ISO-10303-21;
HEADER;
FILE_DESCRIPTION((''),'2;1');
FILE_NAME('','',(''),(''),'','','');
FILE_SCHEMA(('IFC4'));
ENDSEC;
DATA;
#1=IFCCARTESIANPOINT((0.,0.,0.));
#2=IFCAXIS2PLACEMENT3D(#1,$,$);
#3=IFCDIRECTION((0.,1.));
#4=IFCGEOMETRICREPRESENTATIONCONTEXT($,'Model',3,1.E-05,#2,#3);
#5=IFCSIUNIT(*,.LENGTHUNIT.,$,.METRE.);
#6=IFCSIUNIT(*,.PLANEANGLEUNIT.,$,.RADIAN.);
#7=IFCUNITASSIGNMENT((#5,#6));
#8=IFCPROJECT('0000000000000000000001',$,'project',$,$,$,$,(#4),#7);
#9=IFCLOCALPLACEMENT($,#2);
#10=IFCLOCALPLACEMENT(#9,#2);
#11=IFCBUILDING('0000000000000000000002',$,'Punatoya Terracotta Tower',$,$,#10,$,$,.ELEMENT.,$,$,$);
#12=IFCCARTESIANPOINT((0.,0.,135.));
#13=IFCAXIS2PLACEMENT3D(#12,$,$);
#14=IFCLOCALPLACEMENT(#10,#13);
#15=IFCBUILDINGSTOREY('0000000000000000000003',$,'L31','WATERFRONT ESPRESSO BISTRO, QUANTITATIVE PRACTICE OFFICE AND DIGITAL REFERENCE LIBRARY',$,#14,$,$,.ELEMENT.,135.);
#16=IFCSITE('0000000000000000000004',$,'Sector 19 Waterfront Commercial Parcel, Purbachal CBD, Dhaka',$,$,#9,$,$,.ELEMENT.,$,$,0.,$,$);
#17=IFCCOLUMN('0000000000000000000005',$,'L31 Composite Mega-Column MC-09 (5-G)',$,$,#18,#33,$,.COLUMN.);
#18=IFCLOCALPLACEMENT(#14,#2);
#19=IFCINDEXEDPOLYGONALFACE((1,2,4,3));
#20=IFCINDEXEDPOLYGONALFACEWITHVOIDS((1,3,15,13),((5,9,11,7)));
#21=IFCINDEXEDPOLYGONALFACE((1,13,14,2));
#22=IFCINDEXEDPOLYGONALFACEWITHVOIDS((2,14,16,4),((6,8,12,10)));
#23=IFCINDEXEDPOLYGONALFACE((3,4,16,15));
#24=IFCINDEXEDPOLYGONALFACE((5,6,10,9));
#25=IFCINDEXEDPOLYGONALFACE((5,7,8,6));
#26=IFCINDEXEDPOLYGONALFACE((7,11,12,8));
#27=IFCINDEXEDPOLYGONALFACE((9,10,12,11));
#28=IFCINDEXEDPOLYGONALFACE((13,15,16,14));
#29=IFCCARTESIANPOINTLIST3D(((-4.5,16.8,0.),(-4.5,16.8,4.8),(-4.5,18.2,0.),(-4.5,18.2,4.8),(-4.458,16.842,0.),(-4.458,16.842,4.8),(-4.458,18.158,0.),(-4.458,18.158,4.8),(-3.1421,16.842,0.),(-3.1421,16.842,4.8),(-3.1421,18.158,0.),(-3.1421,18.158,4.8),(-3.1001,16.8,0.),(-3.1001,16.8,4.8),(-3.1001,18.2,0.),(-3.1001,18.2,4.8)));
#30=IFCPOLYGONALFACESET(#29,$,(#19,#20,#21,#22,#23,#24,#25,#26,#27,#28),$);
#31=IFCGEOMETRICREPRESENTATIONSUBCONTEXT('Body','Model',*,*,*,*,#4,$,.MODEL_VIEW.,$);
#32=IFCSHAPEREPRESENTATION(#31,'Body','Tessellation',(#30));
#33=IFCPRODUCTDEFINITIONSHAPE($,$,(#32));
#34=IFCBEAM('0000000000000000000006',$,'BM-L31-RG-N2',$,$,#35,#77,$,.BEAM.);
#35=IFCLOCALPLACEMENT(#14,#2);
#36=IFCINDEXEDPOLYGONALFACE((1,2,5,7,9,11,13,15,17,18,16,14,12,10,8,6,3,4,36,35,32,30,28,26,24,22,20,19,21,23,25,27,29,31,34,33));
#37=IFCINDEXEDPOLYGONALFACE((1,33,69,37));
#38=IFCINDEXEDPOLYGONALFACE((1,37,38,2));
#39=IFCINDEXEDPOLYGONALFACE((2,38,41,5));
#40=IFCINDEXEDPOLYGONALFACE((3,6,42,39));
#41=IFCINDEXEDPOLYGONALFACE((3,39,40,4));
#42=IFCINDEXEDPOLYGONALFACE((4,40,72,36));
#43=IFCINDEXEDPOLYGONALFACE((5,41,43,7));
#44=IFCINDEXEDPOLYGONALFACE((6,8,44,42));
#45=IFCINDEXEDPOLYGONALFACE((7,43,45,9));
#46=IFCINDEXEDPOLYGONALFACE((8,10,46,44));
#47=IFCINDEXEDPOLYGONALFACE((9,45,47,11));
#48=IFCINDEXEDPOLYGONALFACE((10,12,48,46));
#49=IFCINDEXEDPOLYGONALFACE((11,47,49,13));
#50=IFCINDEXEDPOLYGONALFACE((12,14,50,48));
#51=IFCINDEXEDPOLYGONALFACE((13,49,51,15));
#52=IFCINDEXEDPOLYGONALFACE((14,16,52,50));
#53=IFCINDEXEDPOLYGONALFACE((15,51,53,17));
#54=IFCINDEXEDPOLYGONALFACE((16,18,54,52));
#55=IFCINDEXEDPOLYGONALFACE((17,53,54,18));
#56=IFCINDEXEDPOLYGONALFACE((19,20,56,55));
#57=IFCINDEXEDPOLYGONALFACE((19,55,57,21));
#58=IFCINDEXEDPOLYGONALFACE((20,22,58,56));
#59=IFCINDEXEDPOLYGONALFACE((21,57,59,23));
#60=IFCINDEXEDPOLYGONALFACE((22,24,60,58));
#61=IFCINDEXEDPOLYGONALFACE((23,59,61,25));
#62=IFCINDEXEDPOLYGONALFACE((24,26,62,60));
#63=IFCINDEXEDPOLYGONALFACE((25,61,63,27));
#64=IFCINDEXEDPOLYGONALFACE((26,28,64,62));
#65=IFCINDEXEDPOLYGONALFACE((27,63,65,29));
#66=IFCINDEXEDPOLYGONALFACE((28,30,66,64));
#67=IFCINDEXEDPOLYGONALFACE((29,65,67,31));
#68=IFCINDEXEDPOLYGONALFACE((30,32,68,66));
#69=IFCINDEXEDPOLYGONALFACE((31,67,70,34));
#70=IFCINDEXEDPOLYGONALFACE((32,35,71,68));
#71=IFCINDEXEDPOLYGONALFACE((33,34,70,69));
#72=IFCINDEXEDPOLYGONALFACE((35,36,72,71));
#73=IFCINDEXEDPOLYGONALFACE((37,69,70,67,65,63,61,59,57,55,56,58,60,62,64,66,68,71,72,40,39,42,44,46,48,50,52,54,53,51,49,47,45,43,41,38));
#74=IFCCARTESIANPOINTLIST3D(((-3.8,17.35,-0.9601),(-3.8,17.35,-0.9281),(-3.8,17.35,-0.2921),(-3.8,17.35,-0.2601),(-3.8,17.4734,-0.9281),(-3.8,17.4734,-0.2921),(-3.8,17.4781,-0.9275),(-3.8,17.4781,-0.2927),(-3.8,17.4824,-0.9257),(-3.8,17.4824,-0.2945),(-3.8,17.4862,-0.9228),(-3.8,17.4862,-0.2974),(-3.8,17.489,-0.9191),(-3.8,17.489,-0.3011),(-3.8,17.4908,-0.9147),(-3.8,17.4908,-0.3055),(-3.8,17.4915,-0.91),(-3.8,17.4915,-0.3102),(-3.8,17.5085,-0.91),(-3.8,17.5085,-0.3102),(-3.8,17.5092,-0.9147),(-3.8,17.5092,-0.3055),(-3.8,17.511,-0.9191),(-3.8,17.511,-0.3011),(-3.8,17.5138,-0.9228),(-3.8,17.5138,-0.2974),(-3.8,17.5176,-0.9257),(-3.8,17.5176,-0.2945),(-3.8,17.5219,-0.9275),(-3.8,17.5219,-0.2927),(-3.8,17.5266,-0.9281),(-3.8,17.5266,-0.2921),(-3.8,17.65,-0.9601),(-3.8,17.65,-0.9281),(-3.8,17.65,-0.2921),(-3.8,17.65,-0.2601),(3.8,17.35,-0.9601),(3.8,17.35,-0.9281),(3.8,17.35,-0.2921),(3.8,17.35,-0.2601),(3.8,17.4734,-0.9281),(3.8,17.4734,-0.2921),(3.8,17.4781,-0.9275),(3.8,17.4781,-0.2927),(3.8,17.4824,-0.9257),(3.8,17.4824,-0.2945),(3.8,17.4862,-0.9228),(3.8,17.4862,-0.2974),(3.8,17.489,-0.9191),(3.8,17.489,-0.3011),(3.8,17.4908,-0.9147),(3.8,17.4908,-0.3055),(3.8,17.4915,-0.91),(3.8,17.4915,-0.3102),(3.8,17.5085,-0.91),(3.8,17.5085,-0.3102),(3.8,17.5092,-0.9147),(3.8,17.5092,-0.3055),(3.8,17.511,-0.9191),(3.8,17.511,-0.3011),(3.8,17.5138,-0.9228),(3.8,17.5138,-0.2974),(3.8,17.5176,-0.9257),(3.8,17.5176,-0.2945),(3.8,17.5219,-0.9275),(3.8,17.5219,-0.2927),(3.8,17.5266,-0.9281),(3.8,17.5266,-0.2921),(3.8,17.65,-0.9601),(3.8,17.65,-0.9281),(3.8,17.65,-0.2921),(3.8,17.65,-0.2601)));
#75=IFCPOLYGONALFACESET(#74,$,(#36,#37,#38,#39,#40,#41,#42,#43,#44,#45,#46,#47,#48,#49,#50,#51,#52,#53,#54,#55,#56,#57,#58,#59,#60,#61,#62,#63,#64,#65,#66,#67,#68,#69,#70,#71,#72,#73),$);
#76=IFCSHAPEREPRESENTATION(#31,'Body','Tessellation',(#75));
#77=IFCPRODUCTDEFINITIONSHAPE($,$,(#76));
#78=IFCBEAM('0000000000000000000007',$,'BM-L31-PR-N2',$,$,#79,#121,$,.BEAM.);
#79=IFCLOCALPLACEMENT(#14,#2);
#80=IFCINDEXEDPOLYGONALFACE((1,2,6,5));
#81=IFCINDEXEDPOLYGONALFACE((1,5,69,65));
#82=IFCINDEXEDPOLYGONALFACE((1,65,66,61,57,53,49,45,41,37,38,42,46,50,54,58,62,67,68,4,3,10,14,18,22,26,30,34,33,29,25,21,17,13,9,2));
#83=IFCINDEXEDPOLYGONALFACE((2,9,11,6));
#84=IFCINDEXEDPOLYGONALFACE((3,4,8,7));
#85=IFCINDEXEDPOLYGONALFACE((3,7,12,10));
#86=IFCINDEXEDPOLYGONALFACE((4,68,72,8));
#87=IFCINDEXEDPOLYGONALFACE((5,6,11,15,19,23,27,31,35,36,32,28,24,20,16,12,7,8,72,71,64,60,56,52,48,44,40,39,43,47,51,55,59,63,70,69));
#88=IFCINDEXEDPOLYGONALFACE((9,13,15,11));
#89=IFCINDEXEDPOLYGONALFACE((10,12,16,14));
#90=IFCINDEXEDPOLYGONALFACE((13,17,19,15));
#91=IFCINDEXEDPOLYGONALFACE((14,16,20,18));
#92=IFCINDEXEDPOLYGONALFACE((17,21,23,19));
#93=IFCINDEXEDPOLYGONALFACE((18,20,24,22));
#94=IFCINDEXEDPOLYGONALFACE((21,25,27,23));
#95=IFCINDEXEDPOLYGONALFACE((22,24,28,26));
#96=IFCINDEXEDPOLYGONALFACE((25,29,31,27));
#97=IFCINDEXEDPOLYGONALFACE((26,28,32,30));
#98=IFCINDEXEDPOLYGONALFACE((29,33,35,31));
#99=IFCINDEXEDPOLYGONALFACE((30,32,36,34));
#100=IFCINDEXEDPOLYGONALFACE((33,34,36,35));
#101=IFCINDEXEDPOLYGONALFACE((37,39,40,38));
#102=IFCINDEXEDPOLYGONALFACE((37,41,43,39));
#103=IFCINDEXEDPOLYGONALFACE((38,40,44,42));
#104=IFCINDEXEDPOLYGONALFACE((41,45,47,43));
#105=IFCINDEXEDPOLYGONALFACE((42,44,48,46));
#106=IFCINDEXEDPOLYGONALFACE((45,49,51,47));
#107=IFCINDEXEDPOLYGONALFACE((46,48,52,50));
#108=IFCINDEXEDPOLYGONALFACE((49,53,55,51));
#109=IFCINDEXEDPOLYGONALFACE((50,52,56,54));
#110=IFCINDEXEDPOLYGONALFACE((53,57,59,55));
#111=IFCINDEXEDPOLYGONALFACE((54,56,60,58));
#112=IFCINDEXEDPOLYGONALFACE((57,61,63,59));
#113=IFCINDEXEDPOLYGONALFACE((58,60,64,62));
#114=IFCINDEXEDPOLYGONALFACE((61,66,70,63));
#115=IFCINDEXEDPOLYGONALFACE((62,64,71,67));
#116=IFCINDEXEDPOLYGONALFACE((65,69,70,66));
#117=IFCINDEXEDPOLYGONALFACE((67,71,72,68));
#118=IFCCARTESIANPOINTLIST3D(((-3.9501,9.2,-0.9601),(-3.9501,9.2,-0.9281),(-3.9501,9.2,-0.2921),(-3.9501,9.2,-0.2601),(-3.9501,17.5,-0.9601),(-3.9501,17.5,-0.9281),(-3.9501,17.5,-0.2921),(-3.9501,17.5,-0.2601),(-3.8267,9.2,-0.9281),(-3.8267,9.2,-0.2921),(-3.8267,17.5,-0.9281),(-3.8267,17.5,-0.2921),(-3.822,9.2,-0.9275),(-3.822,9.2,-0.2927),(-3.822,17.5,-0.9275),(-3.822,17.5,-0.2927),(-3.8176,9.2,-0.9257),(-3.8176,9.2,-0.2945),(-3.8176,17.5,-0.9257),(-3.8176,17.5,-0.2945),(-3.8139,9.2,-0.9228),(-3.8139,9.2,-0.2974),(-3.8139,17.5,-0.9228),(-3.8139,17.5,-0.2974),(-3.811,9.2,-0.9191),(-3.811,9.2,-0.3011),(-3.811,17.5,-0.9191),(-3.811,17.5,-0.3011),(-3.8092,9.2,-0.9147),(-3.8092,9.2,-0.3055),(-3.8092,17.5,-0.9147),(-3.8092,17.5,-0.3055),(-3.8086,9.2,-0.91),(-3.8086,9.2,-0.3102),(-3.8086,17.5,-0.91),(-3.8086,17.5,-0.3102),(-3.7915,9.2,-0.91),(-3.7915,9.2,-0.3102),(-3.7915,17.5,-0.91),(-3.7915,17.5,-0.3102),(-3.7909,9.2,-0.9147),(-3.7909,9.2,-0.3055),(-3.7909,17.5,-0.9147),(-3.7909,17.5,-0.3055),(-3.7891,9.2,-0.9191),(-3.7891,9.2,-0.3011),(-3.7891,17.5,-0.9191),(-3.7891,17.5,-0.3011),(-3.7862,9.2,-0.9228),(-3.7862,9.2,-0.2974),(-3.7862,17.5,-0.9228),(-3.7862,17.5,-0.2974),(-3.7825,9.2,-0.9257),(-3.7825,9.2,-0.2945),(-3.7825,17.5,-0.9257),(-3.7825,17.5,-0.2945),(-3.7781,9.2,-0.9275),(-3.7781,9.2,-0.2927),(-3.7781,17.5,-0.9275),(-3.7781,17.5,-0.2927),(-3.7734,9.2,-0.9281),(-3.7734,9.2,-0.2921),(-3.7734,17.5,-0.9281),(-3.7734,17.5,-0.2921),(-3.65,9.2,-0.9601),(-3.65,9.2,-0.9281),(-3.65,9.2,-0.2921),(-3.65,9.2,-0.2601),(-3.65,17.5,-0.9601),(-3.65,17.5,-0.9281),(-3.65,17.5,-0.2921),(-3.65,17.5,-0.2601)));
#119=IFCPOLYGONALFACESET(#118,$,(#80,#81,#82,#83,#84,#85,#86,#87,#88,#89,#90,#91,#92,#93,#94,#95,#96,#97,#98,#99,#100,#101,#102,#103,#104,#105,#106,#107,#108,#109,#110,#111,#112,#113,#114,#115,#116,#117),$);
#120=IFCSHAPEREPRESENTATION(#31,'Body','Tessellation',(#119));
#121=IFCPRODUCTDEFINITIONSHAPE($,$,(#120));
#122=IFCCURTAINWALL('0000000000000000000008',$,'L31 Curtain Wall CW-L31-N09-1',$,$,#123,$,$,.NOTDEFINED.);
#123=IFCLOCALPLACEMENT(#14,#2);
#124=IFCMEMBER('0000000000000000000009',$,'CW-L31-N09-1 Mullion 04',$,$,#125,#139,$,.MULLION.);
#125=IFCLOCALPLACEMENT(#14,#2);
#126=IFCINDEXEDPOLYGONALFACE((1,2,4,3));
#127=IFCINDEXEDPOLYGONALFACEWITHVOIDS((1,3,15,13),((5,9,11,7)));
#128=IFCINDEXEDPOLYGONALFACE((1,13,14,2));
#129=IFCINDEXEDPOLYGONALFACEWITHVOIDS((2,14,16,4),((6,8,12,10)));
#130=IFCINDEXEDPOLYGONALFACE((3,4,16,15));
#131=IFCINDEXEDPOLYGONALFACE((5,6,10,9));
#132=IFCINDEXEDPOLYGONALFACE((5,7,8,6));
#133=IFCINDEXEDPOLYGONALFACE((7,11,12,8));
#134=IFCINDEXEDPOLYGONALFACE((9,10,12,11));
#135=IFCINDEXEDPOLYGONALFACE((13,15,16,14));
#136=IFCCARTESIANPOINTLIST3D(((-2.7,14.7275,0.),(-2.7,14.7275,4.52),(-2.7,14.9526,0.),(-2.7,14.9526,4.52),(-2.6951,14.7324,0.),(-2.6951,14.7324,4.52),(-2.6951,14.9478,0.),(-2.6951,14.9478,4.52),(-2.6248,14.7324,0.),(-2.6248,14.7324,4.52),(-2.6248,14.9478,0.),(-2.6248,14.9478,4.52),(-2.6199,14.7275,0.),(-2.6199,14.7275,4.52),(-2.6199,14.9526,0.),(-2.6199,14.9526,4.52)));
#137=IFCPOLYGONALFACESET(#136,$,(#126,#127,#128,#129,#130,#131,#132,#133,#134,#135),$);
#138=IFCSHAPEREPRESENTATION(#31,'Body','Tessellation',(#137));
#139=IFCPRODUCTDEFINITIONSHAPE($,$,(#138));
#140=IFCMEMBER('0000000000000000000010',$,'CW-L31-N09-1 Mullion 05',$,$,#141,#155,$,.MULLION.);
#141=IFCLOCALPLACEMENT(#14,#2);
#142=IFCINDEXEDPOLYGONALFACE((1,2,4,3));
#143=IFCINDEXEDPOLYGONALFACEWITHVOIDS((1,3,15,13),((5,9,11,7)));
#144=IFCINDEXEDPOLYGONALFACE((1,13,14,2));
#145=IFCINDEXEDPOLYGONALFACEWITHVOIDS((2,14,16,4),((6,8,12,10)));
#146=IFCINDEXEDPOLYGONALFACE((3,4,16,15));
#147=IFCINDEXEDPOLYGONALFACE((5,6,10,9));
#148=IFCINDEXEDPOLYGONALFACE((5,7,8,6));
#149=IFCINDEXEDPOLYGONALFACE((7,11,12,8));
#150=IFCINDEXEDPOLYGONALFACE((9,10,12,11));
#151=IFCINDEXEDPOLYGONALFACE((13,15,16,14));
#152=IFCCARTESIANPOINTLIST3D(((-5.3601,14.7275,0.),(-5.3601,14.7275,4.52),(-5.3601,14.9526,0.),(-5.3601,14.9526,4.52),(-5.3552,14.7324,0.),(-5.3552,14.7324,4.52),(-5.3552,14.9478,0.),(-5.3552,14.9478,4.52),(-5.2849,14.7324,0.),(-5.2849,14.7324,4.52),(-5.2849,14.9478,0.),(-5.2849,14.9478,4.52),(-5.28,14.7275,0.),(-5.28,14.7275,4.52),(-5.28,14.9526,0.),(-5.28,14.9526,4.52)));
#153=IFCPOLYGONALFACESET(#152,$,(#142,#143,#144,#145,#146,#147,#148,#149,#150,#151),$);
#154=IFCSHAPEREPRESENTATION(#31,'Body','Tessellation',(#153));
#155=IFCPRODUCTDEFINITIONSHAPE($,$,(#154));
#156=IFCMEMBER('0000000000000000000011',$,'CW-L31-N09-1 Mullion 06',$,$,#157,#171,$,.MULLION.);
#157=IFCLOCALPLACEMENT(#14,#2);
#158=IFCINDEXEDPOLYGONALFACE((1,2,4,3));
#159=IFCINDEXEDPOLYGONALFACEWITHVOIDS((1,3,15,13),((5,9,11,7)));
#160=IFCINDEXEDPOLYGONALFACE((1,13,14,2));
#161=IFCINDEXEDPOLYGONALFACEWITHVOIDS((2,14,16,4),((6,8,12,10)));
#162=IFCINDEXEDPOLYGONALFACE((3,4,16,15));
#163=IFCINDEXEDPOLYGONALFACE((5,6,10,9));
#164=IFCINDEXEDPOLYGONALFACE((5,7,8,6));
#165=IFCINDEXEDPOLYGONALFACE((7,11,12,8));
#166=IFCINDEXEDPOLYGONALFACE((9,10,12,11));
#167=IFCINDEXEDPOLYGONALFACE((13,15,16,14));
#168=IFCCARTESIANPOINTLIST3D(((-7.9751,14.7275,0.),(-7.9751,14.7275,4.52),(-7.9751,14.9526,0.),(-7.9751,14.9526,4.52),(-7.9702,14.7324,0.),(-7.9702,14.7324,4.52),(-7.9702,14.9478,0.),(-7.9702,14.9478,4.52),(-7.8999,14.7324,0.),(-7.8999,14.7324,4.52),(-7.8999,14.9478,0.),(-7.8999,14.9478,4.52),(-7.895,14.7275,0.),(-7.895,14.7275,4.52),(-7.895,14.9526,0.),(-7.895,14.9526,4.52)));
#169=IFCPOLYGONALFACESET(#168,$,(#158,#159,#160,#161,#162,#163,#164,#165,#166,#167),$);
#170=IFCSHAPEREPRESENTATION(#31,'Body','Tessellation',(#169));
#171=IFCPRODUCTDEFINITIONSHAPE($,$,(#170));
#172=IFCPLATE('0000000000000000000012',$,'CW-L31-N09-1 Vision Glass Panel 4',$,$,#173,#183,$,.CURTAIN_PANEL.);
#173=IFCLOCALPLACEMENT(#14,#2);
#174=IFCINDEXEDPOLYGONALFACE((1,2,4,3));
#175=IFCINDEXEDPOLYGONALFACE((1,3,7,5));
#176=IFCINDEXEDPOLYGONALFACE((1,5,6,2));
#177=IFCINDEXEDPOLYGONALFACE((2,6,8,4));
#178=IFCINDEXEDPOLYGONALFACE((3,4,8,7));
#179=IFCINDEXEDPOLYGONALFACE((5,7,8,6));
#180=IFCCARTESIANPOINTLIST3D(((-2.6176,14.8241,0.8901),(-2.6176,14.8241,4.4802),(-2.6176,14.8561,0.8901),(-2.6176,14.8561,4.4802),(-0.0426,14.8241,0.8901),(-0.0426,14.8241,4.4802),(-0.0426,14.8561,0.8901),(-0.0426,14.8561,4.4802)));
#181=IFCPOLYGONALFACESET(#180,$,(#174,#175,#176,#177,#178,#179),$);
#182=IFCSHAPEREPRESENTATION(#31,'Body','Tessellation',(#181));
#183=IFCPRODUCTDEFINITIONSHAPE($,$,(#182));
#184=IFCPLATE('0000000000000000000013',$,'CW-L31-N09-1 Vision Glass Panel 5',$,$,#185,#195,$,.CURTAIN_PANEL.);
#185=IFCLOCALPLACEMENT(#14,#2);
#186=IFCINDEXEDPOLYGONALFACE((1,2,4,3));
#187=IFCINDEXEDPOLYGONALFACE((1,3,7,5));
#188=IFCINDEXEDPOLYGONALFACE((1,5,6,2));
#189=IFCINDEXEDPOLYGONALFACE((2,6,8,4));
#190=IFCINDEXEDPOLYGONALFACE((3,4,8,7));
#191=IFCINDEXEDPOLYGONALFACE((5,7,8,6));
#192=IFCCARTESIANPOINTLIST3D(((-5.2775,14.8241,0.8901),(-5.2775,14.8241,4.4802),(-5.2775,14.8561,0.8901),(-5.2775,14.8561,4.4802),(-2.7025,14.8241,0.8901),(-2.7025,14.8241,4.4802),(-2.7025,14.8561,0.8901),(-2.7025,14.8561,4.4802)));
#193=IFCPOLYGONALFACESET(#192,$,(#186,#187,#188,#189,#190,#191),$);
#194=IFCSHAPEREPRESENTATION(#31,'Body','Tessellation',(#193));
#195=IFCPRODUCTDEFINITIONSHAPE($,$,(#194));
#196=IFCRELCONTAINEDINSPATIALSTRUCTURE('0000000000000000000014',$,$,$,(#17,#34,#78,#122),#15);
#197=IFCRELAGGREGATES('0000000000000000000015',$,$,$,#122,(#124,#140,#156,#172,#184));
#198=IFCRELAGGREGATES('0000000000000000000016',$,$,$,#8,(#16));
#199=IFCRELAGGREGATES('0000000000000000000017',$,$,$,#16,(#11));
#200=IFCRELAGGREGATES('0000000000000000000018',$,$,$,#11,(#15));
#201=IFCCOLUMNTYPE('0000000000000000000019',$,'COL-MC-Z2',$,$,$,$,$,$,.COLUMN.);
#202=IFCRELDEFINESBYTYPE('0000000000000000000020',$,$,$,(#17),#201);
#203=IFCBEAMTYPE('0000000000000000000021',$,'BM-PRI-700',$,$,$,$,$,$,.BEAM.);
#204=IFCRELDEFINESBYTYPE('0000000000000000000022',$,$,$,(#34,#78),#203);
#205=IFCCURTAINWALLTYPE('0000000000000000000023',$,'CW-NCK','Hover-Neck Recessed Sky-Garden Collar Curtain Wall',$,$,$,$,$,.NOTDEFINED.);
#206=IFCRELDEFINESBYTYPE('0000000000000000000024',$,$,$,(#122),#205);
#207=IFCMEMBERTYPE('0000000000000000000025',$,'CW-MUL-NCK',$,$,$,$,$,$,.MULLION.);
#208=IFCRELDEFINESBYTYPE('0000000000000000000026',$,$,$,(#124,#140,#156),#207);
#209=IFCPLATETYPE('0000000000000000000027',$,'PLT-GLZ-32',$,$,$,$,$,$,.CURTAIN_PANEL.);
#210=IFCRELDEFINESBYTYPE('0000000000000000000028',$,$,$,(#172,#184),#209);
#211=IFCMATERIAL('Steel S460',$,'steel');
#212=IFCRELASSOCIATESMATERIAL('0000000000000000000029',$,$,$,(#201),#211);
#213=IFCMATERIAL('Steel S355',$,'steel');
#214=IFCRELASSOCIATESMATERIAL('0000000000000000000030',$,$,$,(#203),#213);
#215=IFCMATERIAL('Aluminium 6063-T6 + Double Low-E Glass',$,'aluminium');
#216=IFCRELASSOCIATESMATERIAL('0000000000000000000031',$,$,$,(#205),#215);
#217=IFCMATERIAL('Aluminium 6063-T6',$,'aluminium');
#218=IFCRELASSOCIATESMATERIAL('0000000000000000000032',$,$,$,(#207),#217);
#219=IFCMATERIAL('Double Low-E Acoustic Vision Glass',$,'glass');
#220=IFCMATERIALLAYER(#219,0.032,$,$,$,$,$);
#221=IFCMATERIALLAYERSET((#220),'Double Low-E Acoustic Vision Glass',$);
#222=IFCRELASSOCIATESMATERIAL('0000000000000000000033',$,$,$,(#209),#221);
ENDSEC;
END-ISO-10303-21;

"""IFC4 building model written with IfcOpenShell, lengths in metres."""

from ifc_helpers import new_model, si_unit, direction, frame, origin, origin_2d, place, context, subcontext, project, spatial, rectangle, hollow_rectangle, i_section, extrude, material, layer, layer_set, material_profile, profile_set, type_object, element, aggregate, save


model = new_model("IFC4")

# Units and contexts
model_context = context("Model", 3, precision=1e-05, world=origin(), true_north=direction((0.0, 1.0)))
body_context = subcontext(model_context, "Body", "Model", "MODEL_VIEW")
ifc_project = project(units=[si_unit("LENGTHUNIT", "METRE"), si_unit("PLANEANGLEUNIT", "RADIAN")], contexts=[model_context])

# Site, building, storey
site_placement = place(None, origin())
site = spatial("IfcSite", under=ifc_project, at=site_placement, Name="Sector 19 Waterfront Commercial Parcel, Purbachal CBD, Dhaka", CompositionType="ELEMENT", RefElevation=0.0)
building_placement = place(site_placement, origin())
building = spatial("IfcBuilding", under=site, at=building_placement, Name="Punatoya Terracotta Tower", CompositionType="ELEMENT")
storey_placement = place(building_placement, frame((0.0, 0.0, 135.0)))
storey = spatial("IfcBuildingStorey", under=building, at=storey_placement, Name="L31", Description="WATERFRONT ESPRESSO BISTRO, QUANTITATIVE PRACTICE OFFICE AND DIGITAL REFERENCE LIBRARY", CompositionType="ELEMENT", Elevation=135.0)

# Column
ifc_material_1 = material(Name="Steel S460", Category="steel")
ifc_material_profile_1 = material_profile(ifc_material_1, hollow_rectangle(XDim=1.3999, YDim=1.3999, WallThickness=0.042, at=origin_2d()))
ifc_profile_set_1 = profile_set([ifc_material_profile_1], Name="Steel S460")
column_type = type_object("IfcColumnType", Name="COL-MC-Z2", PredefinedType="COLUMN", material=ifc_profile_set_1)
column_placement = place(storey_placement, frame((-3.8, 17.5, 0.0), z_axis=(0.0, 0.0, 1.0), x_axis=(1.0, 0.0, 0.0)))
element("IfcColumn", 1, at=column_placement, inside=storey, type_object=column_type, Name="L31 Composite Mega-Column MC-09 (5-G)", PredefinedType="COLUMN", context=body_context, shape_type="SweptSolid", body=[
    extrude(hollow_rectangle(XDim=1.3999, YDim=1.3999, WallThickness=0.042, at=origin_2d()), origin(), (0.0, 0.0, 1.0), 4.8),
])

# Beams
ifc_material_2 = material(Name="Steel S355", Category="steel")
ifc_material_profile_2 = material_profile(ifc_material_2, i_section(OverallWidth=0.3, OverallDepth=0.7, WebThickness=0.0171, FlangeThickness=0.032, FilletRadius=0.0181, at=origin_2d()))
ifc_profile_set_2 = profile_set([ifc_material_profile_2], Name="Steel S355")
beam_type = type_object("IfcBeamType", Name="BM-PRI-700", PredefinedType="BEAM", material=ifc_profile_set_2)
beam_1_placement = place(storey_placement, frame((-3.8, 17.5, -0.6101), z_axis=(1.0, 0.0, 0.0), x_axis=(0.0, 1.0, 0.0)))
element("IfcBeam", 2, at=beam_1_placement, inside=storey, type_object=beam_type, Name="BM-L31-RG-N2", PredefinedType="BEAM", context=body_context, shape_type="SweptSolid", body=[
    extrude(i_section(OverallWidth=0.3, OverallDepth=0.7, WebThickness=0.0171, FlangeThickness=0.032, FilletRadius=0.0181, at=origin_2d()), origin(), (0.0, 0.0, 1.0), 7.6001),
])
beam_2_placement = place(storey_placement, frame((-3.8, 9.2, -0.6101), z_axis=(0.0, 1.0, 0.0), x_axis=(-1.0, 0.0, 0.0)))
element("IfcBeam", 3, at=beam_2_placement, inside=storey, type_object=beam_type, Name="BM-L31-PR-N2", PredefinedType="BEAM", context=body_context, shape_type="SweptSolid", body=[
    extrude(i_section(OverallWidth=0.3, OverallDepth=0.7, WebThickness=0.0171, FlangeThickness=0.032, FilletRadius=0.0181, at=origin_2d()), origin(), (0.0, 0.0, 1.0), 8.3),
])

# Curtain wall, members, plates
ifc_material_3 = material(Name="Aluminium 6063-T6 + Double Low-E Glass", Category="aluminium")
curtain_wall_type = type_object("IfcCurtainWallType", Name="CW-NCK", Description="Hover-Neck Recessed Sky-Garden Collar Curtain Wall", PredefinedType="NOTDEFINED", material=ifc_material_3)
curtain_wall_placement = place(storey_placement, origin())
curtain_wall = element("IfcCurtainWall", 4, at=curtain_wall_placement, inside=storey, type_object=curtain_wall_type, Name="L31 Curtain Wall CW-L31-N09-1", PredefinedType="NOTDEFINED")
ifc_material_4 = material(Name="Aluminium 6063-T6", Category="aluminium")
ifc_material_profile_3 = material_profile(ifc_material_4, hollow_rectangle(XDim=0.0801, YDim=0.2251, WallThickness=0.0049, at=origin_2d()))
ifc_profile_set_3 = profile_set([ifc_material_profile_3], Name="Aluminium 6063-T6")
member_type = type_object("IfcMemberType", Name="CW-MUL-NCK", PredefinedType="MULLION", material=ifc_profile_set_3)
member_1_placement = place(storey_placement, frame((-2.6599, 14.8401, 0.0), z_axis=(0.0, 0.0, 1.0), x_axis=(1.0, 0.0, 0.0)))
member_1 = element("IfcMember", 5, at=member_1_placement, type_object=member_type, Name="CW-L31-N09-1 Mullion 04", PredefinedType="MULLION", context=body_context, shape_type="SweptSolid", body=[
    extrude(hollow_rectangle(XDim=0.0801, YDim=0.2251, WallThickness=0.0049, at=origin_2d()), origin(), (0.0, 0.0, 1.0), 4.52),
])
member_2_placement = place(storey_placement, frame((-5.3201, 14.8401, 0.0), z_axis=(0.0, 0.0, 1.0), x_axis=(1.0, 0.0, 0.0)))
member_2 = element("IfcMember", 6, at=member_2_placement, type_object=member_type, Name="CW-L31-N09-1 Mullion 05", PredefinedType="MULLION", context=body_context, shape_type="SweptSolid", body=[
    extrude(hollow_rectangle(XDim=0.0801, YDim=0.2251, WallThickness=0.0049, at=origin_2d()), origin(), (0.0, 0.0, 1.0), 4.52),
])
member_3_placement = place(storey_placement, frame((-7.9351, 14.8401, 0.0), z_axis=(0.0, 0.0, 1.0), x_axis=(1.0, 0.0, 0.0)))
member_3 = element("IfcMember", 7, at=member_3_placement, type_object=member_type, Name="CW-L31-N09-1 Mullion 06", PredefinedType="MULLION", context=body_context, shape_type="SweptSolid", body=[
    extrude(hollow_rectangle(XDim=0.0801, YDim=0.2251, WallThickness=0.0049, at=origin_2d()), origin(), (0.0, 0.0, 1.0), 4.52),
])
ifc_material_5 = material(Name="Double Low-E Acoustic Vision Glass", Category="glass")
ifc_layer_1 = layer(ifc_material_5, 0.032)
ifc_layer_set_1 = layer_set([ifc_layer_1], Name="Double Low-E Acoustic Vision Glass")
plate_type_1 = type_object("IfcPlateType", Name="PLT-GLZ-32", PredefinedType="CURTAIN_PANEL", material=ifc_layer_set_1)
plate_1_placement = place(storey_placement, frame((-1.3301, 14.8401, 0.8901), z_axis=(0.0, 0.0, 1.0), x_axis=(-1.0, 0.0, 0.0)))
plate_1 = element("IfcPlate", 8, at=plate_1_placement, type_object=plate_type_1, Name="CW-L31-N09-1 Vision Glass Panel 4", PredefinedType="CURTAIN_PANEL", context=body_context, shape_type="SweptSolid", body=[
    extrude(rectangle(XDim=2.575, YDim=0.032, at=origin_2d()), origin(), (0.0, 0.0, 1.0), 3.5901),
])
plate_2_placement = place(storey_placement, frame((-3.99, 14.8401, 0.8901), z_axis=(0.0, 0.0, 1.0), x_axis=(-1.0, 0.0, 0.0)))
plate_2 = element("IfcPlate", 9, at=plate_2_placement, type_object=plate_type_1, Name="CW-L31-N09-1 Vision Glass Panel 5", PredefinedType="CURTAIN_PANEL", context=body_context, shape_type="SweptSolid", body=[
    extrude(rectangle(XDim=2.575, YDim=0.032, at=origin_2d()), origin(), (0.0, 0.0, 1.0), 3.5901),
])
aggregate(curtain_wall, [member_1, member_2, member_3, plate_1, plate_2])

save(model, "model.ifc")
